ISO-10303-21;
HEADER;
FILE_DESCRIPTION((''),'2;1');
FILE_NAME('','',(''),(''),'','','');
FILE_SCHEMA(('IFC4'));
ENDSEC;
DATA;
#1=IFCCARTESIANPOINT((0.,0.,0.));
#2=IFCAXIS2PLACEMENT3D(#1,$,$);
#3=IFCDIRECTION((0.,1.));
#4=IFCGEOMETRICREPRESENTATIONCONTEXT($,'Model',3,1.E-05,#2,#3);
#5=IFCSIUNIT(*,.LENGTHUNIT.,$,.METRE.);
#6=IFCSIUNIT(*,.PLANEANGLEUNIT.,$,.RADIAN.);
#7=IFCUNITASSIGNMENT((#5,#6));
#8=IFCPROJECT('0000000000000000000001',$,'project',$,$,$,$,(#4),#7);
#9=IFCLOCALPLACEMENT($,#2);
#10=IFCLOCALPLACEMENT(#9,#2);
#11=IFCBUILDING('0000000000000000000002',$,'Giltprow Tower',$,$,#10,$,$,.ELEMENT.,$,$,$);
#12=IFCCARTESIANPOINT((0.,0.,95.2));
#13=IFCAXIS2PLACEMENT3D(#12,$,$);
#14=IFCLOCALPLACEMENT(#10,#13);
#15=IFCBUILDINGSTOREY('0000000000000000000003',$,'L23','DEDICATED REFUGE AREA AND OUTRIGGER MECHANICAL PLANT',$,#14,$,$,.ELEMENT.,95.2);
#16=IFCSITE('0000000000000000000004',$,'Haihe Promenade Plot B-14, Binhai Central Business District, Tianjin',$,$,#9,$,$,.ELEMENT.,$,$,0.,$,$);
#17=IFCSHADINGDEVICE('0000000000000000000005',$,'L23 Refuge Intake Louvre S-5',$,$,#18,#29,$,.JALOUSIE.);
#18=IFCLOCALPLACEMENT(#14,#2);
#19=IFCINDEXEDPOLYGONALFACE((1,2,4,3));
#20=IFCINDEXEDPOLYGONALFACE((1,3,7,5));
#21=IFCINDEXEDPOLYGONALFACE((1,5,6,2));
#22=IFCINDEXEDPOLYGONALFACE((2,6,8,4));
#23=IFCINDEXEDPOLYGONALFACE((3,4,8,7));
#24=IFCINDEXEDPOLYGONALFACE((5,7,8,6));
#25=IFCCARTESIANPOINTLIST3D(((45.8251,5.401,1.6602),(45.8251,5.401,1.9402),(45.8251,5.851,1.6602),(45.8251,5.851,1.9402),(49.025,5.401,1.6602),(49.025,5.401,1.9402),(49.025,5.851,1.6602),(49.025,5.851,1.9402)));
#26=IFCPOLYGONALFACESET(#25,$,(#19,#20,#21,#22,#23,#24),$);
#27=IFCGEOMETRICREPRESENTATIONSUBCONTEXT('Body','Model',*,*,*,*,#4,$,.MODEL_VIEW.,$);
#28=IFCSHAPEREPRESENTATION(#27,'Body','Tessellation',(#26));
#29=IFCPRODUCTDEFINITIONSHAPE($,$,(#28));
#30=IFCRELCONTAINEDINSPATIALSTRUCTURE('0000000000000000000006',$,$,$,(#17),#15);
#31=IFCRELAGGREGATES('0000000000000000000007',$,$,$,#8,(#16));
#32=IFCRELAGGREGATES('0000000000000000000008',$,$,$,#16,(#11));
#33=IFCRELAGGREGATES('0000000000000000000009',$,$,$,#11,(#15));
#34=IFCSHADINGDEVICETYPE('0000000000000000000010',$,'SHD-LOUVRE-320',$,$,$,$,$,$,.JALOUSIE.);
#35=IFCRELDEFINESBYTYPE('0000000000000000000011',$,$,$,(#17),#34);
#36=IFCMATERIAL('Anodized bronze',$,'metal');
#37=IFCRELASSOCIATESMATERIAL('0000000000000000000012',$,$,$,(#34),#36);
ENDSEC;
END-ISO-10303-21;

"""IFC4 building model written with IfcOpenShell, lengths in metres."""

from ifc_helpers import new_model, si_unit, direction, frame, origin, origin_2d, place, context, subcontext, project, spatial, rectangle, extrude, source, transform, mapped, material, type_object, element, save


model = new_model("IFC4")

# Units and contexts
model_context = context("Model", 3, precision=1e-05, world=origin(), true_north=direction((0.0, 1.0)))
body_context = subcontext(model_context, "Body", "Model", "MODEL_VIEW")
ifc_project = project(units=[si_unit("LENGTHUNIT", "METRE"), si_unit("PLANEANGLEUNIT", "RADIAN")], contexts=[model_context])

# Site, building, storey
site_placement = place(None, origin())
site = spatial("IfcSite", under=ifc_project, at=site_placement, Name="Haihe Promenade Plot B-14, Binhai Central Business District, Tianjin", CompositionType="ELEMENT", RefElevation=0.0)
building_placement = place(site_placement, origin())
building = spatial("IfcBuilding", under=site, at=building_placement, Name="Giltprow Tower", CompositionType="ELEMENT")
storey_placement = place(building_placement, frame((0.0, 0.0, 95.2)))
storey = spatial("IfcBuildingStorey", under=building, at=storey_placement, Name="L23", Description="DEDICATED REFUGE AREA AND OUTRIGGER MECHANICAL PLANT", CompositionType="ELEMENT", Elevation=95.2)

# Shading device
ifc_material_1 = material(Name="Anodized bronze", Category="metal")
shading_device_type = type_object("IfcShadingDeviceType", Name="SHD-LOUVRE-320", PredefinedType="JALOUSIE", material=ifc_material_1)
shared_shape_1 = source(origin(), body_context, "Body", "SweptSolid", [
    extrude(rectangle(XDim=3.2, YDim=0.45, at=origin_2d()), origin(), (0.0, 0.0, 1.0), 0.28),
])
for number, where, z_axis, x_axis, name in (
    (1, (47.425, 5.626, 1.6602), (0.0, 0.0, 1.0), (1.0, 0.0, 0.0), "L23 Refuge Intake Louvre S-5"),
):
    element("IfcShadingDevice", number, at=place(storey_placement, frame(where, z_axis=z_axis, x_axis=x_axis)), inside=storey, type_object=shading_device_type, Name=name, PredefinedType="JALOUSIE", context=body_context, shape_type="MappedRepresentation", body=[
        mapped(shared_shape_1, transform((0.0, 0.0, 0.0), x_axis=(1.0, 0.0, 0.0), y_axis=(0.0, 1.0, 0.0), z_axis=(0.0, 0.0, 1.0), scale=1.0)),
    ])

save(model, "model.ifc")
